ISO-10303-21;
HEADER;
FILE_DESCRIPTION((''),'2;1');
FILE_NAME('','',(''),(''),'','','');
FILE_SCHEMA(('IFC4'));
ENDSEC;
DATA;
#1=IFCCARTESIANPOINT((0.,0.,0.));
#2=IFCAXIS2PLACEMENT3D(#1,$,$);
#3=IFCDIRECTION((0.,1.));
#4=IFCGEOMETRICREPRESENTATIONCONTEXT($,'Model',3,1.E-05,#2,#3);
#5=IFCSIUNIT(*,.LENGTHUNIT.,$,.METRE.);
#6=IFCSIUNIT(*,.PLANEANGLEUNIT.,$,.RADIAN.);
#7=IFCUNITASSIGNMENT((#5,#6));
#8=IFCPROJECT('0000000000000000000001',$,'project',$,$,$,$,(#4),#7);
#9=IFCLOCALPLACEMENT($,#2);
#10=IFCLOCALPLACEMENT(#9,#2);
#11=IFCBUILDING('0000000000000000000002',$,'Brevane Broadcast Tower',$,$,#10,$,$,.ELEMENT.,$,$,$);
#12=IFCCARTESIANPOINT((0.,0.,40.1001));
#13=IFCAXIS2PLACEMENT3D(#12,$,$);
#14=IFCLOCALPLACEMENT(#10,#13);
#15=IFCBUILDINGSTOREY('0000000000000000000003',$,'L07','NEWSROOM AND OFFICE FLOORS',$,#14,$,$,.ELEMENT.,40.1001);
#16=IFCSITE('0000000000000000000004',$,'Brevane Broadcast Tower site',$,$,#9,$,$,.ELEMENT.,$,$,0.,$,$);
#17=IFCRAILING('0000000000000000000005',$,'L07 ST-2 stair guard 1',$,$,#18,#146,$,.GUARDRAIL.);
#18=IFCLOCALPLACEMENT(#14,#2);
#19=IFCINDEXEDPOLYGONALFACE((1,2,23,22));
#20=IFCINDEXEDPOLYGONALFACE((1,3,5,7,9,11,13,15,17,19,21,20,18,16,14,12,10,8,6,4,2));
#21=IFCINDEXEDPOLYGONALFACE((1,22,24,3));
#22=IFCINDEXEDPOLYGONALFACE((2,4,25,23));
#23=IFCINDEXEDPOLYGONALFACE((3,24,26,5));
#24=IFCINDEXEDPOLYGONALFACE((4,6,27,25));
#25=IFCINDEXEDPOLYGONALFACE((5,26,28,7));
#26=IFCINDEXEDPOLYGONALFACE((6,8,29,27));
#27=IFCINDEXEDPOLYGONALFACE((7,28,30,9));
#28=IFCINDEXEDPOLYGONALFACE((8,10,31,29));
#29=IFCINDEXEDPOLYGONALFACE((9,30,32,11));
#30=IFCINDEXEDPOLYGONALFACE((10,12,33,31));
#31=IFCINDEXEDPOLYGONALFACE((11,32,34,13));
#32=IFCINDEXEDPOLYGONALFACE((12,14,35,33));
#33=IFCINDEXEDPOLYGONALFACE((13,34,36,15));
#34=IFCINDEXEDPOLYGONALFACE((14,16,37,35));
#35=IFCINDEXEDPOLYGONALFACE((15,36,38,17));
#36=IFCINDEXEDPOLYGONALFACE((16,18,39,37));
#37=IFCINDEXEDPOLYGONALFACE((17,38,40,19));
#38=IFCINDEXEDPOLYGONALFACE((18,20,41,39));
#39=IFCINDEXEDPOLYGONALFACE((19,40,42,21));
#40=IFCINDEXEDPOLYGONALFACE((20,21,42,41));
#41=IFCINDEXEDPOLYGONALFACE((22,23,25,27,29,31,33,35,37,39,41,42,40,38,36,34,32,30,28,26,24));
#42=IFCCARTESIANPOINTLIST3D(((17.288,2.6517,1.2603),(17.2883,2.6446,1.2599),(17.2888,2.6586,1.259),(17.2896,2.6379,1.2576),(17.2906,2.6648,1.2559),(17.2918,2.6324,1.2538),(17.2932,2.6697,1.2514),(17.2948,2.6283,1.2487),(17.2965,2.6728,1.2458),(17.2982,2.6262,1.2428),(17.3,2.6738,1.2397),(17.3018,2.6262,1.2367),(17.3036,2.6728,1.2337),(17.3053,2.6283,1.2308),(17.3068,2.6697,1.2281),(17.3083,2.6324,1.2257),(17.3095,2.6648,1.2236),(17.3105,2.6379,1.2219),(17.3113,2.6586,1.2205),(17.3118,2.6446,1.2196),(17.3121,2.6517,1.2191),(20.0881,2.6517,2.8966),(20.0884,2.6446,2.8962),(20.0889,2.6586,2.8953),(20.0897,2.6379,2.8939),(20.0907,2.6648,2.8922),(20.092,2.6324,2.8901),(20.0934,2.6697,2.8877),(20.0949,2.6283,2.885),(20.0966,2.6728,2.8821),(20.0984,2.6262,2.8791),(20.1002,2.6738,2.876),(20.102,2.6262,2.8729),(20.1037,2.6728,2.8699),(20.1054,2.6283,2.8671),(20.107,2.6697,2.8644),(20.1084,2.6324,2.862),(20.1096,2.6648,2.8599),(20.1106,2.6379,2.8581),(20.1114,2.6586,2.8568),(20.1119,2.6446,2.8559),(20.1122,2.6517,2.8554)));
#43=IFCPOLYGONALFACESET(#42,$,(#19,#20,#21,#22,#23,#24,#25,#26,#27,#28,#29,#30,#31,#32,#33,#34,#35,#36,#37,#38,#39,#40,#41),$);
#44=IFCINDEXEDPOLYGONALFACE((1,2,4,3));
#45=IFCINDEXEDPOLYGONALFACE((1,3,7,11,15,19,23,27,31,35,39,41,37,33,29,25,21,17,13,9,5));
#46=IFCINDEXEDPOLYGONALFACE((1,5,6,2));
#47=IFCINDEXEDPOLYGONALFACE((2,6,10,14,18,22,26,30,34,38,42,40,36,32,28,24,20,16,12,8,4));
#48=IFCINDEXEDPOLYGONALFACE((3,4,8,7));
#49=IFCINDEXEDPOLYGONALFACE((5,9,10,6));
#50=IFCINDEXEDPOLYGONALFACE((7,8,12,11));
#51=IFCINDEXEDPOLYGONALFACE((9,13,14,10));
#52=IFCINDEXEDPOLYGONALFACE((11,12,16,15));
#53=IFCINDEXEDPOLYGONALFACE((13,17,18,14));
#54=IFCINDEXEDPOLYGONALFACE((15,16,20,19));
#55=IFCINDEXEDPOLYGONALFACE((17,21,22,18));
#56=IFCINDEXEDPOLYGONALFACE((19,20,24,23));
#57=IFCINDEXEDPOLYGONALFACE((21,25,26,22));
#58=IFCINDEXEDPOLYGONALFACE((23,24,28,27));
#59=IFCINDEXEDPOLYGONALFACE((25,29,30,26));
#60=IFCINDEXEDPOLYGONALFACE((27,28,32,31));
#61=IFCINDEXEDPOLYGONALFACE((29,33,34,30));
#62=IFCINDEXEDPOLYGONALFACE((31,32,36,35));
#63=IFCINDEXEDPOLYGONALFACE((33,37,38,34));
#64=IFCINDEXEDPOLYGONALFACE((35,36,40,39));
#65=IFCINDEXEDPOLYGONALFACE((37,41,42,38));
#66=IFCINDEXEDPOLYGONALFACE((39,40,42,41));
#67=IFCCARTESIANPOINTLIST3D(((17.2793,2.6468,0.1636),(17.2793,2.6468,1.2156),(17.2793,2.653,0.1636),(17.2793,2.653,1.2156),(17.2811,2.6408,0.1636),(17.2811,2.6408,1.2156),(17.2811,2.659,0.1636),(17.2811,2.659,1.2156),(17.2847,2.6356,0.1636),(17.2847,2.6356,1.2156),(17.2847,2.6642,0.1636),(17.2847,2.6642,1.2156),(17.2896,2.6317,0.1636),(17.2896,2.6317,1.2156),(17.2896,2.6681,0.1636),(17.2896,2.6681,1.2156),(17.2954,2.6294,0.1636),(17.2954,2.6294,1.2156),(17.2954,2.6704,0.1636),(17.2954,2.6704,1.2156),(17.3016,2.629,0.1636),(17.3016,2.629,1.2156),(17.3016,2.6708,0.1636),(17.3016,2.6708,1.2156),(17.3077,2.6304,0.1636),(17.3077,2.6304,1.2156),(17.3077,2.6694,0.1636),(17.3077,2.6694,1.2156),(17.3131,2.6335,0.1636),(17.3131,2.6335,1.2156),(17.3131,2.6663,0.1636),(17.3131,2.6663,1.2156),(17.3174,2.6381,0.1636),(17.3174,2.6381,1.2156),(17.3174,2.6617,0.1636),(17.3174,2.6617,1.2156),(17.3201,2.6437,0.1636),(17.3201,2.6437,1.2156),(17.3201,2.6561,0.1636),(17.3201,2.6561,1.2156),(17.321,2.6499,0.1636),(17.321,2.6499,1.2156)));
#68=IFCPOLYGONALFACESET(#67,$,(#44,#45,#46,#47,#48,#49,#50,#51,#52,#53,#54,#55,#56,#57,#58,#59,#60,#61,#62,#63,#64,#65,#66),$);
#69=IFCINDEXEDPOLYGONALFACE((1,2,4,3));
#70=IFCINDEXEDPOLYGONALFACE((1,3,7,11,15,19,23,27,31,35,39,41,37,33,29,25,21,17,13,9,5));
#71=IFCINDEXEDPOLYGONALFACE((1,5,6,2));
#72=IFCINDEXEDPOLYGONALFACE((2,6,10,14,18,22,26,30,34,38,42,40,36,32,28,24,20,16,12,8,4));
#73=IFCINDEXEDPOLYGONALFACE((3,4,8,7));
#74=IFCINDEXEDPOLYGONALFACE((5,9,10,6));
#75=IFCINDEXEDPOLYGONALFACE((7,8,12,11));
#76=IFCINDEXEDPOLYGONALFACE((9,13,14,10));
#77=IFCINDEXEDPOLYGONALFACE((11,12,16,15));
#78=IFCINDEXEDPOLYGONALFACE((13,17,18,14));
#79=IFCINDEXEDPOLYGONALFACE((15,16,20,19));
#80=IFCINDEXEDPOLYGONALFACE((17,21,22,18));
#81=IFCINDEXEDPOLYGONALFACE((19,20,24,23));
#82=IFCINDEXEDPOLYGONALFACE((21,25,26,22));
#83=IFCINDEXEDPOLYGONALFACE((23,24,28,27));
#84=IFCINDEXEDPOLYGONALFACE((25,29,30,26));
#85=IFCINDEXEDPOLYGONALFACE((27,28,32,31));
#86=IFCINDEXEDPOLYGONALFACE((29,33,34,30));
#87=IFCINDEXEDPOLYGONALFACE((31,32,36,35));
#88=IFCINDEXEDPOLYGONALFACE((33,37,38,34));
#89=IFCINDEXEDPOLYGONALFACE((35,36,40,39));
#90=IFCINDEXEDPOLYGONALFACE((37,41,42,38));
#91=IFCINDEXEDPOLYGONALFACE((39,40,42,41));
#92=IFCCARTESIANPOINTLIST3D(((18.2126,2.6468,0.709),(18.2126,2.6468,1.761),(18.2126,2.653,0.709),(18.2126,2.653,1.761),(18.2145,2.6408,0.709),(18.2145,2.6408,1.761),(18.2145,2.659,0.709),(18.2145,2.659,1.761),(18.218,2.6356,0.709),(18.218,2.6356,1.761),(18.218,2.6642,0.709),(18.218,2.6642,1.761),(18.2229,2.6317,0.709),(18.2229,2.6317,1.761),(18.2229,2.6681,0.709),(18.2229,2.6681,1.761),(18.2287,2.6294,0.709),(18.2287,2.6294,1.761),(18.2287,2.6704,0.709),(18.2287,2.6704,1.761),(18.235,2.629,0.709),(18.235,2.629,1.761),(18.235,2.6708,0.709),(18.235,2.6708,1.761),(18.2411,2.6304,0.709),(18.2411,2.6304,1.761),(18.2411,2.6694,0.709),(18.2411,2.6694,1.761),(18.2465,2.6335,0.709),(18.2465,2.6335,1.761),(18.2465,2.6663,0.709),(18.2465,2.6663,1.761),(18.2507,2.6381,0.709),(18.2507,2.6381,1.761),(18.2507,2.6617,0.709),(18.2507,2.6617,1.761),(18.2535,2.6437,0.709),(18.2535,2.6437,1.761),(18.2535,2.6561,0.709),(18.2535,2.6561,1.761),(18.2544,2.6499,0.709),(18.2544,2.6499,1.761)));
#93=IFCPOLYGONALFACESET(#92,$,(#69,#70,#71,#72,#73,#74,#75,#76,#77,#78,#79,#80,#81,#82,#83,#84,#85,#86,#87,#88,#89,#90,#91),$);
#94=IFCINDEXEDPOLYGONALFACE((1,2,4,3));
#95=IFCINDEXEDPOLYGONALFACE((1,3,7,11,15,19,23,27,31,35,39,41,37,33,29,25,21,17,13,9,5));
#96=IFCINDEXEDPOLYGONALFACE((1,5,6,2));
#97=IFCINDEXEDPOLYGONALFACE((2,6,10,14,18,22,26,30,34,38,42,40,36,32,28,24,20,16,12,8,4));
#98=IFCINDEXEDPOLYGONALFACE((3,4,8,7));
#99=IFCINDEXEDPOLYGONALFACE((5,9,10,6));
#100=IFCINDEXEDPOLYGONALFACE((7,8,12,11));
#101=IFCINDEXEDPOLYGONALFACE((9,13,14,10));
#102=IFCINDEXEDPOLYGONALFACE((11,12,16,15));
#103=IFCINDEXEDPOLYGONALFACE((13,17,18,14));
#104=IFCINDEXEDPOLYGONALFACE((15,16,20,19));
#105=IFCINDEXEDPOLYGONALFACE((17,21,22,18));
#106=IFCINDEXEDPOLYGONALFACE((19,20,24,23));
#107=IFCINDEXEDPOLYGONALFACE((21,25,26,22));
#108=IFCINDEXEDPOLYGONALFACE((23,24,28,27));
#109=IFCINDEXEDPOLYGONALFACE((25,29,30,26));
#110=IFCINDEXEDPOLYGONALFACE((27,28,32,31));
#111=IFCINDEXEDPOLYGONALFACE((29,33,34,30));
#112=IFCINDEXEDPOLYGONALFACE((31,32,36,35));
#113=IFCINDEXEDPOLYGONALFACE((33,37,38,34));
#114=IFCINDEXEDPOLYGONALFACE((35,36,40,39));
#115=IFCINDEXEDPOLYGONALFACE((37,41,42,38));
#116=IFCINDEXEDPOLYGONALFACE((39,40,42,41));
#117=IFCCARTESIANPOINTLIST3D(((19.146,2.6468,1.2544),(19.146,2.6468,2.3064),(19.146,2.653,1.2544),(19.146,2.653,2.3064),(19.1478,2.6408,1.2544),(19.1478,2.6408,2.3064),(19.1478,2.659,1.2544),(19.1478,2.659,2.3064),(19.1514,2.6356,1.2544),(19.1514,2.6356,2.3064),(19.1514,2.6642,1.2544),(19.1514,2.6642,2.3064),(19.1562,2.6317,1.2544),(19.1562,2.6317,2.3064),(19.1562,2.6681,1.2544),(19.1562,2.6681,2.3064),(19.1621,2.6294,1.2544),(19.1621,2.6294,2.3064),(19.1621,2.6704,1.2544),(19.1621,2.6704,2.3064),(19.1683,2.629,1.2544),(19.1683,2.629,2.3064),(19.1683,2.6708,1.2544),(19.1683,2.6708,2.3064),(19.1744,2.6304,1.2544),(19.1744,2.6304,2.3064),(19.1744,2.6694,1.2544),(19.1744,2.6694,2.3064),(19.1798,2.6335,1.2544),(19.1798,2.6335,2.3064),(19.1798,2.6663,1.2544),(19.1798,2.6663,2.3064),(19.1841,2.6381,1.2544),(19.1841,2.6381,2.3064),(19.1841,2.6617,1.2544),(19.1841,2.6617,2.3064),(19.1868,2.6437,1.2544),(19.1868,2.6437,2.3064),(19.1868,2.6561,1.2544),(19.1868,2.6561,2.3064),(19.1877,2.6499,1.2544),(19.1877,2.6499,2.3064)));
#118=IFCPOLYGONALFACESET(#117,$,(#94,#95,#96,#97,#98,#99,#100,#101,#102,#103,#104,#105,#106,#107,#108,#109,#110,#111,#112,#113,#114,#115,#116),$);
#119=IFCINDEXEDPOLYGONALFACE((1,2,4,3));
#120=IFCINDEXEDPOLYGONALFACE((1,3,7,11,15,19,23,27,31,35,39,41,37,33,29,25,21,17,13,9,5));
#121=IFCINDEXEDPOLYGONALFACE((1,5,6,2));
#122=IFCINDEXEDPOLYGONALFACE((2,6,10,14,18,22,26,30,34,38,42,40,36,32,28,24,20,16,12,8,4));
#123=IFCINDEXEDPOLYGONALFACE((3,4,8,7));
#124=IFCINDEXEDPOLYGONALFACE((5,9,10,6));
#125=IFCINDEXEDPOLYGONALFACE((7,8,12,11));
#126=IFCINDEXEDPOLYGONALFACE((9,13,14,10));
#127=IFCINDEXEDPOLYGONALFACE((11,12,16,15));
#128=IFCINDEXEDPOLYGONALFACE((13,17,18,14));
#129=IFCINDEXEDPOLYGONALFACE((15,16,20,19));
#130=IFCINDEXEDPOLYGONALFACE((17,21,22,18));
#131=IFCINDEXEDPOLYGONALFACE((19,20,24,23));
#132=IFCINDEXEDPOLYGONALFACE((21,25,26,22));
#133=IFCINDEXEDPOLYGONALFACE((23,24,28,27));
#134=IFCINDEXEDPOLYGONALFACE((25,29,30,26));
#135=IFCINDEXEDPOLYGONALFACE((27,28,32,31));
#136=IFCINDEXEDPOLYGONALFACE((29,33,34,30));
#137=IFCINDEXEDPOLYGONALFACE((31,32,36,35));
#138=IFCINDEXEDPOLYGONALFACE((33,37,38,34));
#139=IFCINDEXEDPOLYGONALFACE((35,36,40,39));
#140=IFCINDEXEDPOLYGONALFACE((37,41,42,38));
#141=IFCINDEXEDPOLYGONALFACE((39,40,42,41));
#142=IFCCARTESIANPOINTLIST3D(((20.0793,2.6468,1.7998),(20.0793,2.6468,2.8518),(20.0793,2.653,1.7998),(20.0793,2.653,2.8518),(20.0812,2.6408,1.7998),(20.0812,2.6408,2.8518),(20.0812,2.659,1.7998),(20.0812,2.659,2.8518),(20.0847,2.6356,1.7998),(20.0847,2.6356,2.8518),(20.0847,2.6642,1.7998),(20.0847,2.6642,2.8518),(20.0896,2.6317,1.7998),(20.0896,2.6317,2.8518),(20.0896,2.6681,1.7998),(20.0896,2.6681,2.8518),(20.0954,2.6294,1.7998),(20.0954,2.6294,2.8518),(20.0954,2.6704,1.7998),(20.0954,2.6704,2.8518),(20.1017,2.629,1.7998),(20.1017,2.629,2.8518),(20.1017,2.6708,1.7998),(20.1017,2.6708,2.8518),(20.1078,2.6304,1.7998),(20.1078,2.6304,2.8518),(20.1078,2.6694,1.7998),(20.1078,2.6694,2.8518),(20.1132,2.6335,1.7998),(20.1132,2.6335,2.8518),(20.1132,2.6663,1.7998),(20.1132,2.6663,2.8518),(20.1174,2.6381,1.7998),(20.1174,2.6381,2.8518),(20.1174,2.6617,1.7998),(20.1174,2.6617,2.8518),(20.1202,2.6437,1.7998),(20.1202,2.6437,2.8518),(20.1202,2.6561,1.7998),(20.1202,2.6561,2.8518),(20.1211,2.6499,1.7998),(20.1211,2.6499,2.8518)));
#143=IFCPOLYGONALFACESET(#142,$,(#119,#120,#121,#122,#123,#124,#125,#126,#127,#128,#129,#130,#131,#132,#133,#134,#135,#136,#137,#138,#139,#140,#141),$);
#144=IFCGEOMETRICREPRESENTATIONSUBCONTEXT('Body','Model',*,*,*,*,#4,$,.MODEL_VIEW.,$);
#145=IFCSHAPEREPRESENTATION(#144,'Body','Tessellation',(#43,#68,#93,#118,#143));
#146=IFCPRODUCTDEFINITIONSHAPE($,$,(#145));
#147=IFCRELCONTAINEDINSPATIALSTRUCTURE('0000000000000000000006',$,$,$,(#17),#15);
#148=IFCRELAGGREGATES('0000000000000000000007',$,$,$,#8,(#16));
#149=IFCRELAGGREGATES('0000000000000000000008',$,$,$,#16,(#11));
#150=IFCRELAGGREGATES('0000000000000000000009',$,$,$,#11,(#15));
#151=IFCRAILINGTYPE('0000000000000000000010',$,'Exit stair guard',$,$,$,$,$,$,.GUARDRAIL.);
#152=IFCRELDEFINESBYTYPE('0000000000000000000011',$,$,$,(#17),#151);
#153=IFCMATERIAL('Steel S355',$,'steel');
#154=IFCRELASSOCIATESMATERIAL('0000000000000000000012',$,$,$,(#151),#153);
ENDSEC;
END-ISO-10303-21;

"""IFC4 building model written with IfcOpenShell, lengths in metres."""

from ifc_helpers import new_model, si_unit, direction, frame, origin, origin_2d, place, context, subcontext, project, spatial, circle, extrude, material, type_object, element, save


model = new_model("IFC4")

# Units and contexts
model_context = context("Model", 3, precision=1e-05, world=origin(), true_north=direction((0.0, 1.0)))
body_context = subcontext(model_context, "Body", "Model", "MODEL_VIEW")
ifc_project = project(units=[si_unit("LENGTHUNIT", "METRE"), si_unit("PLANEANGLEUNIT", "RADIAN")], contexts=[model_context])

# Site, building, storey
site_placement = place(None, origin())
site = spatial("IfcSite", under=ifc_project, at=site_placement, Name="Brevane Broadcast Tower site", CompositionType="ELEMENT", RefElevation=0.0)
building_placement = place(site_placement, origin())
building = spatial("IfcBuilding", under=site, at=building_placement, Name="Brevane Broadcast Tower", CompositionType="ELEMENT")
storey_placement = place(building_placement, frame((0.0, 0.0, 40.1001)))
storey = spatial("IfcBuildingStorey", under=building, at=storey_placement, Name="L07", Description="NEWSROOM AND OFFICE FLOORS", CompositionType="ELEMENT", Elevation=40.1001)

# Railing
ifc_material_1 = material(Name="Steel S355", Category="steel")
railing_type_1 = type_object("IfcRailingType", Name="Exit stair guard", PredefinedType="GUARDRAIL", material=ifc_material_1)
railing_1_placement = place(storey_placement, frame((17.3, 2.6499, 0.1636)))
element("IfcRailing", 1, at=railing_1_placement, inside=storey, type_object=railing_type_1, Name="L07 ST-2 stair guard 1", PredefinedType="GUARDRAIL", context=body_context, shape_type="SweptSolid", body=[
    extrude(circle(Radius=0.0239, at=origin_2d()), frame((0.0, 0.0, 1.0762), z_axis=(0.863394, 0.0, 0.504531), x_axis=(0.0, 1.0, 0.0)), (0.0, 0.0, 1.0), 3.2432),
    extrude(circle(Radius=0.021, at=origin_2d()), origin(), (0.0, 0.0, 1.0), 1.052),
    extrude(circle(Radius=0.021, at=origin_2d()), frame((0.9333, 0.0, 0.5454)), (0.0, 0.0, 1.0), 1.052),
    extrude(circle(Radius=0.021, at=origin_2d()), frame((1.8667, 0.0, 1.0908)), (0.0, 0.0, 1.0), 1.052),
    extrude(circle(Radius=0.021, at=origin_2d()), frame((2.8, 0.0, 1.6362)), (0.0, 0.0, 1.0), 1.052),
])

save(model, "model.ifc")
